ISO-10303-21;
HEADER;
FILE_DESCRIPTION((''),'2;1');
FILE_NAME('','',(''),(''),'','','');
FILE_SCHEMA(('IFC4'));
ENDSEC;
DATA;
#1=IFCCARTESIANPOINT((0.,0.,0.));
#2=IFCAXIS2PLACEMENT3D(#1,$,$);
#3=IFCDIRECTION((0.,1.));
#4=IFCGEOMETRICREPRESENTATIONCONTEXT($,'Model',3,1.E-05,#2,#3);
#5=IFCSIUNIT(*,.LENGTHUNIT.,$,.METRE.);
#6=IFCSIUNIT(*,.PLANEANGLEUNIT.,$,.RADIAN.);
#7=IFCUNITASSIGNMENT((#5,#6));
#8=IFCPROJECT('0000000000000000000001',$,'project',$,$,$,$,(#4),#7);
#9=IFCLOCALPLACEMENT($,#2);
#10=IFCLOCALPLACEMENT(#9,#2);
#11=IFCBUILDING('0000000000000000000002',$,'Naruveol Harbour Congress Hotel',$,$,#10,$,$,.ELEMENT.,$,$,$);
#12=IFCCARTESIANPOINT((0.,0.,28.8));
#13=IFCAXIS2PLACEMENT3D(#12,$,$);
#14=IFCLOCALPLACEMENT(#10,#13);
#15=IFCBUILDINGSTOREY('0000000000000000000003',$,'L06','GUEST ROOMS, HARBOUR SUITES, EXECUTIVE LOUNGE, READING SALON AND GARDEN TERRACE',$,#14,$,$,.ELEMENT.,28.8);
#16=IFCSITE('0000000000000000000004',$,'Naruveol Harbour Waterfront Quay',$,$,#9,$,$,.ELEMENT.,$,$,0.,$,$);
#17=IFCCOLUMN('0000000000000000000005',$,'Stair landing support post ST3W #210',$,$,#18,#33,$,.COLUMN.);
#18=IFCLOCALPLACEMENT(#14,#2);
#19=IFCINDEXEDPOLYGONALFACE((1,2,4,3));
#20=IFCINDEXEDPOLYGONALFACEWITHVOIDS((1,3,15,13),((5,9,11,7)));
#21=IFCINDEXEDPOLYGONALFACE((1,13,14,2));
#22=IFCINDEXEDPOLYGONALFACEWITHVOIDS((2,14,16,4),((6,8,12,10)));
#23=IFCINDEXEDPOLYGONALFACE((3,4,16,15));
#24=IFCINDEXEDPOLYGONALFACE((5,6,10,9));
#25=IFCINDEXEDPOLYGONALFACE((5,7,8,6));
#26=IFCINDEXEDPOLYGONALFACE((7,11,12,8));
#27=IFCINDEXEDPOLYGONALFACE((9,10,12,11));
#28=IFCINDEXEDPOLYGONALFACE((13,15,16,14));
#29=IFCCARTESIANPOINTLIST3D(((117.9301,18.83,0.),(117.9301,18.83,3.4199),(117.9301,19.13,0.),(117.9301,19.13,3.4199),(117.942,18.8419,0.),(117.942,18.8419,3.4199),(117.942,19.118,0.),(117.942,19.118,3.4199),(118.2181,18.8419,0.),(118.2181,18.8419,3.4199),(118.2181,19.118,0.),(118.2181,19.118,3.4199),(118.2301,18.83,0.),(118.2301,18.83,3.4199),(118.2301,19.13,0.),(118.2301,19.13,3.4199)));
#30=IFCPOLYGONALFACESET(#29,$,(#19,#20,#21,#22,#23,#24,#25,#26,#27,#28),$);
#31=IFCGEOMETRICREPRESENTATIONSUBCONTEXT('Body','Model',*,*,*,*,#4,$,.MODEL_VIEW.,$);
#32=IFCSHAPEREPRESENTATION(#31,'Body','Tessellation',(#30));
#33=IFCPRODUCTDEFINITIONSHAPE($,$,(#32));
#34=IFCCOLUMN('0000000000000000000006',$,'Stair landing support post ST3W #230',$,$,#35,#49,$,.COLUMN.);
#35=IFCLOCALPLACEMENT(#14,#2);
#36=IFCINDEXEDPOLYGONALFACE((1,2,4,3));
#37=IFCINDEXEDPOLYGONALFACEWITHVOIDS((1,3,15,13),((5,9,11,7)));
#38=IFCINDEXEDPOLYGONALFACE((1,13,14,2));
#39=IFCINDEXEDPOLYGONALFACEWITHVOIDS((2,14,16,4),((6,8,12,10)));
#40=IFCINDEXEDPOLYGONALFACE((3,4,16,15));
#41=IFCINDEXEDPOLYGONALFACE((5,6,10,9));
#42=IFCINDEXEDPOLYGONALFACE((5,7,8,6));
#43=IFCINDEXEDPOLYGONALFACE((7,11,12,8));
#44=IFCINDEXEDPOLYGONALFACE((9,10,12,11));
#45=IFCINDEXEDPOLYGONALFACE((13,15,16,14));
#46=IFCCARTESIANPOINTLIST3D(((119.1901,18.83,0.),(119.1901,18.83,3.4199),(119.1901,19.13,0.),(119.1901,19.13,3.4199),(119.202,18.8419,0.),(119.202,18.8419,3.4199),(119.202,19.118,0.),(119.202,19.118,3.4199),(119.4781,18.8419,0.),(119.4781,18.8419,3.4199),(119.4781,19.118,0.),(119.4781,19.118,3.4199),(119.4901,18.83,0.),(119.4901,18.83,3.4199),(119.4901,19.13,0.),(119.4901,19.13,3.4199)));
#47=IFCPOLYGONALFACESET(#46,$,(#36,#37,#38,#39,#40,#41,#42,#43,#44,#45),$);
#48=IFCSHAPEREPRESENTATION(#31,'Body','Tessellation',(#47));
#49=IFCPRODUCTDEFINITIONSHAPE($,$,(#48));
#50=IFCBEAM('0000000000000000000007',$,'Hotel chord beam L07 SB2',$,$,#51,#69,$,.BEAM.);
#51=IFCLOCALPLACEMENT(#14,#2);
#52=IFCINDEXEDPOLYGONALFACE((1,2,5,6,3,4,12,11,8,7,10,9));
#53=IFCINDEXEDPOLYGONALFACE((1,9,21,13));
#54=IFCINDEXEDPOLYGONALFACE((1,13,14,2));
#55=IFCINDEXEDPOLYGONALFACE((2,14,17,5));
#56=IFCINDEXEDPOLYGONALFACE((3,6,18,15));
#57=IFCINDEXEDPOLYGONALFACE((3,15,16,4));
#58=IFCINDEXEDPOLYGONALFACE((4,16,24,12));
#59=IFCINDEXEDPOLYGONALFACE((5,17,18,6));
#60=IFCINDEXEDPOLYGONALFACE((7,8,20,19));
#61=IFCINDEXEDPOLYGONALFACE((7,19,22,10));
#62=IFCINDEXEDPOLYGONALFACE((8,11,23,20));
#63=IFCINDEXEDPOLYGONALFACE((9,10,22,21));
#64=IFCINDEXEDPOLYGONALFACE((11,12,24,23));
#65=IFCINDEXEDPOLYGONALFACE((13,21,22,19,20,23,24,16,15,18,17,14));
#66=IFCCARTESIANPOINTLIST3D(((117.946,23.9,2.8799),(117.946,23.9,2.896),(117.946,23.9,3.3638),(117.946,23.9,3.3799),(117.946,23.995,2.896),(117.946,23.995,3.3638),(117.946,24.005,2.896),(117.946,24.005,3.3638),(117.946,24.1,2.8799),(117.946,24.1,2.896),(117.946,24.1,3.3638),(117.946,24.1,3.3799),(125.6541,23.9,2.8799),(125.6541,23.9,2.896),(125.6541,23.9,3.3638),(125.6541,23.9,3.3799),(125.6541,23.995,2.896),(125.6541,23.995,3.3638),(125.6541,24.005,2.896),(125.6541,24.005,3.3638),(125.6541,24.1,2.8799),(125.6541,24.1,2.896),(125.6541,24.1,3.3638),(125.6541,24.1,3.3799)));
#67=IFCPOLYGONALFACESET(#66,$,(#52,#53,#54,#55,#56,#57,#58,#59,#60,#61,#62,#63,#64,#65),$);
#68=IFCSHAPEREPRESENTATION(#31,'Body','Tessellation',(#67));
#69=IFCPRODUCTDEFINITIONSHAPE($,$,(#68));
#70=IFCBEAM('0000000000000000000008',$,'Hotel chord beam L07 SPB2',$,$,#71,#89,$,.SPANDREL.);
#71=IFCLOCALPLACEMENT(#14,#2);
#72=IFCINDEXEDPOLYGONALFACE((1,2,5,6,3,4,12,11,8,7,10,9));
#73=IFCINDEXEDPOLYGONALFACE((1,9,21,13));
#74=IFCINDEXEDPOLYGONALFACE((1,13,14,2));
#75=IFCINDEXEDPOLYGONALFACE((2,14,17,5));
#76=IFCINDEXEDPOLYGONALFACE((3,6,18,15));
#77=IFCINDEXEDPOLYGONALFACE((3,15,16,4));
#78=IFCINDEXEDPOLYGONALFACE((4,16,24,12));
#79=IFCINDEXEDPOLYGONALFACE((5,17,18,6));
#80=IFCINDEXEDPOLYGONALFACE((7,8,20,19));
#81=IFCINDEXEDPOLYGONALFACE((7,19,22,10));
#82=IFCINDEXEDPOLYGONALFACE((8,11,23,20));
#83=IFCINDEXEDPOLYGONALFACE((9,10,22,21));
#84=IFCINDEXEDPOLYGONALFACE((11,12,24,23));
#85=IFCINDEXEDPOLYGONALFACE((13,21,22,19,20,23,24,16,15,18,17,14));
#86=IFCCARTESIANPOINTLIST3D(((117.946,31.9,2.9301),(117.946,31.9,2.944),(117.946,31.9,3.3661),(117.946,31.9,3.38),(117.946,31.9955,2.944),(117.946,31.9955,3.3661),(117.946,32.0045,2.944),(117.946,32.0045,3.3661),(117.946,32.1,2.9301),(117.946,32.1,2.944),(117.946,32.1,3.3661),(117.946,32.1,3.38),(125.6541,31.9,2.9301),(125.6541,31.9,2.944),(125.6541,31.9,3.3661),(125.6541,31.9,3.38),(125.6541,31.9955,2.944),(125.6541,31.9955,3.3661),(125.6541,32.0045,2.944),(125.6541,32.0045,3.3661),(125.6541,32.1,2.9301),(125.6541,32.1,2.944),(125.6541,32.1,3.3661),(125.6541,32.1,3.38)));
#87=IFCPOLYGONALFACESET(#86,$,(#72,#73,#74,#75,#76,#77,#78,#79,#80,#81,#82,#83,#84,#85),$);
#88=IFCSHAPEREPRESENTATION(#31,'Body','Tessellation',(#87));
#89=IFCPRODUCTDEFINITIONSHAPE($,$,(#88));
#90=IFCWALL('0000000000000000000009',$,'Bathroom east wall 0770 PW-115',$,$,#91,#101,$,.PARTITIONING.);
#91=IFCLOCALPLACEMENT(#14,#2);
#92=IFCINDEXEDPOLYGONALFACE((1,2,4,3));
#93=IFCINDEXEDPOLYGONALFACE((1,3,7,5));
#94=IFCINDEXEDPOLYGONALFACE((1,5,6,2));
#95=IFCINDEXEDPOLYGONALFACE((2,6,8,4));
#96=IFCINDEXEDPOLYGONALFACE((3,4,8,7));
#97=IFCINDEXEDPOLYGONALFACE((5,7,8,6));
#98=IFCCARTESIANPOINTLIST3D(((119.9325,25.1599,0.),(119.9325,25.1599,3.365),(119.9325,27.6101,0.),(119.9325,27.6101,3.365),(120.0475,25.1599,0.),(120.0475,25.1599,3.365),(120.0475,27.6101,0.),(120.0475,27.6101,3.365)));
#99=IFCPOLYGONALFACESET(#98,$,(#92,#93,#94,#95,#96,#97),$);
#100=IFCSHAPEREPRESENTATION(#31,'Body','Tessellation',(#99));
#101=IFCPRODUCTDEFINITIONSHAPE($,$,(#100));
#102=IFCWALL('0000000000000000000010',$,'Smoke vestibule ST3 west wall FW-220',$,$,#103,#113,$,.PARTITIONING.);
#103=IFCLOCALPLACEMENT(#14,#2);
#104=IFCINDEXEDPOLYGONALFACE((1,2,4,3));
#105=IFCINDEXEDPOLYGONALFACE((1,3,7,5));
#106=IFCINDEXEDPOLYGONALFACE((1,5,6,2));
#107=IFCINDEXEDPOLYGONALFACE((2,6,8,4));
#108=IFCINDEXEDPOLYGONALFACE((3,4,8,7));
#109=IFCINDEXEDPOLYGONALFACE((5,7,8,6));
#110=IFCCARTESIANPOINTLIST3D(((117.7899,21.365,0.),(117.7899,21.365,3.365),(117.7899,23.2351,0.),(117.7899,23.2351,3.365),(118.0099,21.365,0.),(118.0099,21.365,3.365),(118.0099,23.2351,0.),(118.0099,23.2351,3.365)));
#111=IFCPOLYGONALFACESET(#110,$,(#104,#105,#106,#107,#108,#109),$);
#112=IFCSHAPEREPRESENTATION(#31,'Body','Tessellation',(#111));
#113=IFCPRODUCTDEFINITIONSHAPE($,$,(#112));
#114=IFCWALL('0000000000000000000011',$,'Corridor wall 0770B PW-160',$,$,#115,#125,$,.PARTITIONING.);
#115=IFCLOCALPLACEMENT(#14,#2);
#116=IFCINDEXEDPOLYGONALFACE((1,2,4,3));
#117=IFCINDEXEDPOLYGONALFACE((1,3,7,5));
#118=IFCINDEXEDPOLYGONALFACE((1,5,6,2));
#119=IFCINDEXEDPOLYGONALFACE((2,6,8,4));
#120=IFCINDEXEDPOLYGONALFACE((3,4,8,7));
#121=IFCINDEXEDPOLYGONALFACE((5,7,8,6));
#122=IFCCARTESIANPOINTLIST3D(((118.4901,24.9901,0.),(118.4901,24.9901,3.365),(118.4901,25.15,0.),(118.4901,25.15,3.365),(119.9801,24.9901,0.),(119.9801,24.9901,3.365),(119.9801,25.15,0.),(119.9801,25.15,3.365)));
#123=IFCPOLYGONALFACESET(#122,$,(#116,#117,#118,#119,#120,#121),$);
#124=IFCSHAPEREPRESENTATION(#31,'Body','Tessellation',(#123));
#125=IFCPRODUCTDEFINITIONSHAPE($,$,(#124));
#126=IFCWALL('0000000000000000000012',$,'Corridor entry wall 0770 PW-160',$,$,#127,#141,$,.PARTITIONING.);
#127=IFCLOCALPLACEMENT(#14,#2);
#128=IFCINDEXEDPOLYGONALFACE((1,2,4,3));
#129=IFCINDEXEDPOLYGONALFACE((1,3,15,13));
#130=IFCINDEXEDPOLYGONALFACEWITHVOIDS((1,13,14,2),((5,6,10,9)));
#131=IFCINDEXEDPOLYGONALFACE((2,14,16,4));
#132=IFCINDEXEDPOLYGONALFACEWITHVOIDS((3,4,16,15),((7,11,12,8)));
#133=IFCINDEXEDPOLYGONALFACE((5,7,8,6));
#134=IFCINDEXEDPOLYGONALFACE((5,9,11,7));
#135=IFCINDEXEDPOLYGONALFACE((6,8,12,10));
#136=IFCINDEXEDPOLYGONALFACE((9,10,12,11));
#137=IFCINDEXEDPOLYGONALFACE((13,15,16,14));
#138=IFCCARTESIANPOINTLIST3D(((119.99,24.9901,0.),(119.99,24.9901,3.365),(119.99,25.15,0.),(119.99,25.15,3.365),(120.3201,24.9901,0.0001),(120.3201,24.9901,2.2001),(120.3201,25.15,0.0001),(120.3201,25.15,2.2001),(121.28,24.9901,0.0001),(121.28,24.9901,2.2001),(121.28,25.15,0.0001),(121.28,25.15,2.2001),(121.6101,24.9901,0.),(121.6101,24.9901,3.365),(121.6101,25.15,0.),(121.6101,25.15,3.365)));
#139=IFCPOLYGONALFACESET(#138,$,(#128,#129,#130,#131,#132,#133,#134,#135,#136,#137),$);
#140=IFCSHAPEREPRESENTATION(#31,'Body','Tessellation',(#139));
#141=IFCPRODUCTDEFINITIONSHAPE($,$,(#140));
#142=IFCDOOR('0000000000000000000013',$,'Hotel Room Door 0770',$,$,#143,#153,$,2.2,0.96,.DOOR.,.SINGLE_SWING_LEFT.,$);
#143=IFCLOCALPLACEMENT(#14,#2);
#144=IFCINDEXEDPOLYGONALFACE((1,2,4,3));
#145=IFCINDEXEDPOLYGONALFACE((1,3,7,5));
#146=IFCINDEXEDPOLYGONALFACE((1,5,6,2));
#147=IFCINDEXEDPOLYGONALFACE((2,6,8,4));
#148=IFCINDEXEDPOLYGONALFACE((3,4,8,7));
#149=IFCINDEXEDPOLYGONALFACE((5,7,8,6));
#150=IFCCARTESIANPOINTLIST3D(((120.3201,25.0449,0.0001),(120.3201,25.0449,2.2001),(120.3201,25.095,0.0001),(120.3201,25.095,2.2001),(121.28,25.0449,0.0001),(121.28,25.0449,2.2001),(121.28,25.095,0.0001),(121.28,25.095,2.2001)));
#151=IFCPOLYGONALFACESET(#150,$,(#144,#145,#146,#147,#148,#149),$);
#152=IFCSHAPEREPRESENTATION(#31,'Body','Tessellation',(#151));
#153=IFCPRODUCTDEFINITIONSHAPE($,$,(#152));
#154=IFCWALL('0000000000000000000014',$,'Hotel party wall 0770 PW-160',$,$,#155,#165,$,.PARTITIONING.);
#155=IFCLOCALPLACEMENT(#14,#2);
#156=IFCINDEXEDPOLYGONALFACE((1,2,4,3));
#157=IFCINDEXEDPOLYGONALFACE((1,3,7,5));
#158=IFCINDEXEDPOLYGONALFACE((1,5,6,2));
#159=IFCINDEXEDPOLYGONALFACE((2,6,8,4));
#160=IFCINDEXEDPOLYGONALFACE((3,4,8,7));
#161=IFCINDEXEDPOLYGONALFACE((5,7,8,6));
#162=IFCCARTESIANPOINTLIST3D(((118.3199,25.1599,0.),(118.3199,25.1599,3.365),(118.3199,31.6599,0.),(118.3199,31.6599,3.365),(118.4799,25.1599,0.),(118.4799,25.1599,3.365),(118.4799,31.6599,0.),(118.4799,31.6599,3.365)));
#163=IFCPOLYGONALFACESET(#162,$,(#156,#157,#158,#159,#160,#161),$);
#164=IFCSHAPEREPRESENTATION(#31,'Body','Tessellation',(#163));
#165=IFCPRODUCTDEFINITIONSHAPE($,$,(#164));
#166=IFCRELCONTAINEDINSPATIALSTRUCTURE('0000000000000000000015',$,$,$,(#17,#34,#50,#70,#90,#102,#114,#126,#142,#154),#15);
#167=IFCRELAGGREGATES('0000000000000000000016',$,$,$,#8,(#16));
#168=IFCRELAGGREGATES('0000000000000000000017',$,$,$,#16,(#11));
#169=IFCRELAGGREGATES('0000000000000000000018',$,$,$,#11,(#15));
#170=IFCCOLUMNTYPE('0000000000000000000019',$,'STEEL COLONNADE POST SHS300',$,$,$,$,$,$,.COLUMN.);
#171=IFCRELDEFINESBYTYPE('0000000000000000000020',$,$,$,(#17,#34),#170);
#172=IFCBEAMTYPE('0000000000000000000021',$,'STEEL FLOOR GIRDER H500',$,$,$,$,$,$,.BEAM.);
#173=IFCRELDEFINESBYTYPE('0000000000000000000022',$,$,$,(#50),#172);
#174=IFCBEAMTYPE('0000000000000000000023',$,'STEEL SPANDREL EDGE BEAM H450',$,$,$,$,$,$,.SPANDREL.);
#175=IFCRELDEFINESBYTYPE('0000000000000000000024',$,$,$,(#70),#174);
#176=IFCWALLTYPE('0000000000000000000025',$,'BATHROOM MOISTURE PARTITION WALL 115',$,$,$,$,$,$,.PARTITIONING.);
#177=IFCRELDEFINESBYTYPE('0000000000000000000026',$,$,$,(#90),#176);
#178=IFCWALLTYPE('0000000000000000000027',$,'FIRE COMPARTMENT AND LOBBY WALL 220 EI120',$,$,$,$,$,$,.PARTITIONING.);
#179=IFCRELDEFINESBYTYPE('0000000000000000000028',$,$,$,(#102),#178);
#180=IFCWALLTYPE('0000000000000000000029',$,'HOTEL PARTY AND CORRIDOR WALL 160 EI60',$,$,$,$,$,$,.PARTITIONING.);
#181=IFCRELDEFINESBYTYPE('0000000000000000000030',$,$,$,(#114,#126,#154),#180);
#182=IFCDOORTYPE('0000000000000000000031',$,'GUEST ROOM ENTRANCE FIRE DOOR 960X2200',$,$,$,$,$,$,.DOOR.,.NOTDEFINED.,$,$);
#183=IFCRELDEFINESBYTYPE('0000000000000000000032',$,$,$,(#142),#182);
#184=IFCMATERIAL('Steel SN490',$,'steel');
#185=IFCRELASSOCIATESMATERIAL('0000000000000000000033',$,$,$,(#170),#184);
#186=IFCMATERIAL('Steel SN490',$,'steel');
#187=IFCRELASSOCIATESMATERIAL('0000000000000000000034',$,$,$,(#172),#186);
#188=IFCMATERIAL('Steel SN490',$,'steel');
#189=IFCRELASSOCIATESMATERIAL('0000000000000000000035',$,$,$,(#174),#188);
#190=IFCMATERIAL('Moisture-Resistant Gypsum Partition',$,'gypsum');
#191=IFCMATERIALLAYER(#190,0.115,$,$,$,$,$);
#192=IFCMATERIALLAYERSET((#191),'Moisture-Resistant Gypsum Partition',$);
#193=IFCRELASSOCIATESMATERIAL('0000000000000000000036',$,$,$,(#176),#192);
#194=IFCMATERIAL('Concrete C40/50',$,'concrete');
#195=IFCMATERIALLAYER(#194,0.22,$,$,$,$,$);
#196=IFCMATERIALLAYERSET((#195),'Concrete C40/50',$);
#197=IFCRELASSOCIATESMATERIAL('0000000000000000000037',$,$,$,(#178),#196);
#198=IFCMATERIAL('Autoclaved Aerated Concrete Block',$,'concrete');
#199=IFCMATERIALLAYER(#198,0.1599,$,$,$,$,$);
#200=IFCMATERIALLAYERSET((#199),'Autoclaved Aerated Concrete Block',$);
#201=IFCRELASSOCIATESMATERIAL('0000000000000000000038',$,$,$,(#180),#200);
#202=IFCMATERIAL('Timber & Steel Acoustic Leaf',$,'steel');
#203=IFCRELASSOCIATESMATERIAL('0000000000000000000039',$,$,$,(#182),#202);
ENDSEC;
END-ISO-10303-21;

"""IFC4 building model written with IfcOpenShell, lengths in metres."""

from ifc_helpers import new_model, si_unit, direction, frame, frame_2d, origin, origin_2d, place, context, subcontext, project, spatial, rectangle, hollow_rectangle, i_section, extrude, material, layer, layer_set, material_profile, profile_set, type_object, element, fill, save


model = new_model("IFC4")

# Units and contexts
model_context = context("Model", 3, precision=1e-05, world=origin(), true_north=direction((0.0, 1.0)))
body_context = subcontext(model_context, "Body", "Model", "MODEL_VIEW")
ifc_project = project(units=[si_unit("LENGTHUNIT", "METRE"), si_unit("PLANEANGLEUNIT", "RADIAN")], contexts=[model_context])

# Site, building, storey
site_placement = place(None, origin())
site = spatial("IfcSite", under=ifc_project, at=site_placement, Name="Naruveol Harbour Waterfront Quay", CompositionType="ELEMENT", RefElevation=0.0)
building_placement = place(site_placement, origin())
building = spatial("IfcBuilding", under=site, at=building_placement, Name="Naruveol Harbour Congress Hotel", CompositionType="ELEMENT")
storey_placement = place(building_placement, frame((0.0, 0.0, 28.8)))
storey = spatial("IfcBuildingStorey", under=building, at=storey_placement, Name="L06", Description="GUEST ROOMS, HARBOUR SUITES, EXECUTIVE LOUNGE, READING SALON AND GARDEN TERRACE", CompositionType="ELEMENT", Elevation=28.8)

# Columns
ifc_material_1 = material(Name="Steel SN490", Category="steel")
ifc_material_profile_1 = material_profile(ifc_material_1, hollow_rectangle(XDim=0.3, YDim=0.3, WallThickness=0.012, at=origin_2d()), Name="SHS-300x300x12")
ifc_profile_set_1 = profile_set([ifc_material_profile_1], Name="Steel SN490")
column_type = type_object("IfcColumnType", Name="STEEL COLONNADE POST SHS300", PredefinedType="COLUMN", material=ifc_profile_set_1)
for number, where, z_axis, x_axis, name in (
    (1, (118.0801, 18.98, 0.0), (0.0, 0.0, 1.0), (1.0, 0.0, 0.0), "Stair landing support post ST3W #210"),
    (2, (119.3401, 18.98, 0.0), (0.0, 0.0, 1.0), (1.0, 0.0, 0.0), "Stair landing support post ST3W #230"),
):
    element("IfcColumn", number, at=place(storey_placement, frame(where, z_axis=z_axis, x_axis=x_axis)), inside=storey, type_object=column_type, Name=name, PredefinedType="COLUMN", context=body_context, shape_type="SweptSolid", body=[
        extrude(hollow_rectangle(XDim=0.3, YDim=0.3, WallThickness=0.012, at=origin_2d()), origin(), (0.0, 0.0, 1.0), 3.4199),
    ])

# Beams
ifc_material_2 = material(Name="Steel SN490", Category="steel")
ifc_material_profile_2 = material_profile(ifc_material_2, i_section(OverallWidth=0.2, OverallDepth=0.5, WebThickness=0.01, FlangeThickness=0.0161, at=origin_2d()), Name="H-500x200x10x16")
ifc_profile_set_2 = profile_set([ifc_material_profile_2], Name="Steel SN490")
beam_type_1 = type_object("IfcBeamType", Name="STEEL FLOOR GIRDER H500", PredefinedType="BEAM", material=ifc_profile_set_2)
beam_1_placement = place(storey_placement, frame((117.946, 24.0, 3.1299), z_axis=(1.0, 0.0, 0.0), x_axis=(0.0, 1.0, 0.0)))
element("IfcBeam", 3, at=beam_1_placement, inside=storey, type_object=beam_type_1, Name="Hotel chord beam L07 SB2", PredefinedType="BEAM", context=body_context, shape_type="SweptSolid", body=[
    extrude(i_section(OverallWidth=0.2, OverallDepth=0.5, WebThickness=0.01, FlangeThickness=0.0161, at=origin_2d()), origin(), (0.0, 0.0, 1.0), 7.708),
])
ifc_material_3 = material(Name="Steel SN490", Category="steel")
ifc_material_profile_3 = material_profile(ifc_material_3, i_section(OverallWidth=0.2, OverallDepth=0.45, WebThickness=0.009, FlangeThickness=0.0139, at=origin_2d()), Name="H-450x200x9x14")
ifc_profile_set_3 = profile_set([ifc_material_profile_3], Name="Steel SN490")
beam_type_2 = type_object("IfcBeamType", Name="STEEL SPANDREL EDGE BEAM H450", PredefinedType="SPANDREL", material=ifc_profile_set_3)
beam_2_placement = place(storey_placement, frame((117.946, 32.0, 3.155), z_axis=(1.0, 0.0, 0.0), x_axis=(0.0, 1.0, 0.0)))
element("IfcBeam", 4, at=beam_2_placement, inside=storey, type_object=beam_type_2, Name="Hotel chord beam L07 SPB2", PredefinedType="SPANDREL", context=body_context, shape_type="SweptSolid", body=[
    extrude(i_section(OverallWidth=0.2, OverallDepth=0.45, WebThickness=0.009, FlangeThickness=0.0139, at=origin_2d()), origin(), (0.0, 0.0, 1.0), 7.708),
])

# Wall
ifc_material_4 = material(Name="Moisture-Resistant Gypsum Partition", Category="gypsum")
ifc_layer_1 = layer(ifc_material_4, 0.115)
ifc_layer_set_1 = layer_set([ifc_layer_1], Name="Moisture-Resistant Gypsum Partition")
wall_type_1 = type_object("IfcWallType", Name="BATHROOM MOISTURE PARTITION WALL 115", PredefinedType="PARTITIONING", material=ifc_layer_set_1)
wall_1_placement = place(storey_placement, frame((119.99, 25.1599, 0.0), z_axis=(0.0, 0.0, 1.0), x_axis=(0.0, 1.0, 0.0)))
element("IfcWall", 5, at=wall_1_placement, inside=storey, type_object=wall_type_1, Name="Bathroom east wall 0770 PW-115", PredefinedType="PARTITIONING", context=body_context, shape_type="SweptSolid", body=[
    extrude(rectangle(XDim=2.4502, YDim=0.115, at=frame_2d((1.2251, 0.0))), origin(), (0.0, 0.0, 1.0), 3.365),
])

# Walls
ifc_material_5 = material(Name="Concrete C40/50", Category="concrete")
ifc_layer_2 = layer(ifc_material_5, 0.22)
ifc_layer_set_2 = layer_set([ifc_layer_2], Name="Concrete C40/50")
wall_type_2 = type_object("IfcWallType", Name="FIRE COMPARTMENT AND LOBBY WALL 220 EI120", PredefinedType="PARTITIONING", material=ifc_layer_set_2)
wall_2_placement = place(storey_placement, frame((117.8999, 21.365, 0.0), z_axis=(0.0, 0.0, 1.0), x_axis=(0.0, 1.0, 0.0)))
element("IfcWall", 6, at=wall_2_placement, inside=storey, type_object=wall_type_2, Name="Smoke vestibule ST3 west wall FW-220", PredefinedType="PARTITIONING", context=body_context, shape_type="SweptSolid", body=[
    extrude(rectangle(XDim=1.8701, YDim=0.22, at=frame_2d((0.9351, 0.0))), origin(), (0.0, 0.0, 1.0), 3.365),
])
ifc_material_6 = material(Name="Autoclaved Aerated Concrete Block", Category="concrete")
ifc_layer_3 = layer(ifc_material_6, 0.1599)
ifc_layer_set_3 = layer_set([ifc_layer_3], Name="Autoclaved Aerated Concrete Block")
wall_type_3 = type_object("IfcWallType", Name="HOTEL PARTY AND CORRIDOR WALL 160 EI60", PredefinedType="PARTITIONING", material=ifc_layer_set_3)
wall_3_placement = place(storey_placement, frame((118.49, 25.0701, 0.0), z_axis=(0.0, 0.0, 1.0), x_axis=(1.0, 0.0, 0.0)))
element("IfcWall", 7, at=wall_3_placement, inside=storey, type_object=wall_type_3, Name="Corridor wall 0770B PW-160", PredefinedType="PARTITIONING", context=body_context, shape_type="SweptSolid", body=[
    extrude(rectangle(XDim=1.49, YDim=0.1599, at=frame_2d((0.7451, 0.0))), origin(), (0.0, 0.0, 1.0), 3.365),
])

# Wall, opening, door
wall_4_placement = place(storey_placement, frame((119.99, 25.0701, 0.0), z_axis=(0.0, 0.0, 1.0), x_axis=(1.0, 0.0, 0.0)))
wall_4 = element("IfcWall", 8, at=wall_4_placement, inside=storey, type_object=wall_type_3, Name="Corridor entry wall 0770 PW-160", PredefinedType="PARTITIONING", context=body_context, shape_type="SweptSolid", body=[
    extrude(rectangle(XDim=1.6201, YDim=0.1599, at=frame_2d((0.8101, 0.0))), origin(), (0.0, 0.0, 1.0), 3.365),
])
opening_1_placement = place(wall_4_placement, frame((0.3301, 0.0, 0.0)))
opening_1 = element("IfcOpeningElement", 9, at=opening_1_placement, cuts=wall_4, PredefinedType="OPENING", context=body_context, shape_type="SweptSolid", body=[
    extrude(rectangle(XDim=0.96, YDim=2.2, at=frame_2d((0.48, 1.1001))), frame((0.0, 0.0898, 0.0), z_axis=(0.0, -1.0, 0.0), x_axis=(1.0, 0.0, 0.0)), (0.0, 0.0, 1.0), 0.1799),
])
ifc_material_7 = material(Name="Timber & Steel Acoustic Leaf", Category="steel")
door_type_1 = type_object("IfcDoorType", Name="GUEST ROOM ENTRANCE FIRE DOOR 960X2200", OperationType="NOTDEFINED", PredefinedType="DOOR", material=ifc_material_7)
door_1_placement = place(opening_1_placement, origin())
door_1 = element("IfcDoor", 10, at=door_1_placement, inside=storey, type_object=door_type_1, Name="Hotel Room Door 0770", OperationType="SINGLE_SWING_LEFT", OverallHeight=2.2, OverallWidth=0.96, PredefinedType="DOOR", context=body_context, shape_type="SweptSolid", body=[
    extrude(rectangle(XDim=0.96, YDim=2.2, at=frame_2d((0.48, 1.1001))), frame((0.0, 0.0249, 0.0), z_axis=(0.0, -1.0, 0.0), x_axis=(1.0, 0.0, 0.0)), (0.0, 0.0, 1.0), 0.05),
])
fill(opening_1, door_1)

# Wall
wall_5_placement = place(storey_placement, frame((118.3999, 25.1599, 0.0), z_axis=(0.0, 0.0, 1.0), x_axis=(0.0, 1.0, 0.0)))
element("IfcWall", 11, at=wall_5_placement, inside=storey, type_object=wall_type_3, Name="Hotel party wall 0770 PW-160", PredefinedType="PARTITIONING", context=body_context, shape_type="SweptSolid", body=[
    extrude(rectangle(XDim=6.5, YDim=0.1599, at=frame_2d((3.25, 0.0))), origin(), (0.0, 0.0, 1.0), 3.365),
])

save(model, "model.ifc")
